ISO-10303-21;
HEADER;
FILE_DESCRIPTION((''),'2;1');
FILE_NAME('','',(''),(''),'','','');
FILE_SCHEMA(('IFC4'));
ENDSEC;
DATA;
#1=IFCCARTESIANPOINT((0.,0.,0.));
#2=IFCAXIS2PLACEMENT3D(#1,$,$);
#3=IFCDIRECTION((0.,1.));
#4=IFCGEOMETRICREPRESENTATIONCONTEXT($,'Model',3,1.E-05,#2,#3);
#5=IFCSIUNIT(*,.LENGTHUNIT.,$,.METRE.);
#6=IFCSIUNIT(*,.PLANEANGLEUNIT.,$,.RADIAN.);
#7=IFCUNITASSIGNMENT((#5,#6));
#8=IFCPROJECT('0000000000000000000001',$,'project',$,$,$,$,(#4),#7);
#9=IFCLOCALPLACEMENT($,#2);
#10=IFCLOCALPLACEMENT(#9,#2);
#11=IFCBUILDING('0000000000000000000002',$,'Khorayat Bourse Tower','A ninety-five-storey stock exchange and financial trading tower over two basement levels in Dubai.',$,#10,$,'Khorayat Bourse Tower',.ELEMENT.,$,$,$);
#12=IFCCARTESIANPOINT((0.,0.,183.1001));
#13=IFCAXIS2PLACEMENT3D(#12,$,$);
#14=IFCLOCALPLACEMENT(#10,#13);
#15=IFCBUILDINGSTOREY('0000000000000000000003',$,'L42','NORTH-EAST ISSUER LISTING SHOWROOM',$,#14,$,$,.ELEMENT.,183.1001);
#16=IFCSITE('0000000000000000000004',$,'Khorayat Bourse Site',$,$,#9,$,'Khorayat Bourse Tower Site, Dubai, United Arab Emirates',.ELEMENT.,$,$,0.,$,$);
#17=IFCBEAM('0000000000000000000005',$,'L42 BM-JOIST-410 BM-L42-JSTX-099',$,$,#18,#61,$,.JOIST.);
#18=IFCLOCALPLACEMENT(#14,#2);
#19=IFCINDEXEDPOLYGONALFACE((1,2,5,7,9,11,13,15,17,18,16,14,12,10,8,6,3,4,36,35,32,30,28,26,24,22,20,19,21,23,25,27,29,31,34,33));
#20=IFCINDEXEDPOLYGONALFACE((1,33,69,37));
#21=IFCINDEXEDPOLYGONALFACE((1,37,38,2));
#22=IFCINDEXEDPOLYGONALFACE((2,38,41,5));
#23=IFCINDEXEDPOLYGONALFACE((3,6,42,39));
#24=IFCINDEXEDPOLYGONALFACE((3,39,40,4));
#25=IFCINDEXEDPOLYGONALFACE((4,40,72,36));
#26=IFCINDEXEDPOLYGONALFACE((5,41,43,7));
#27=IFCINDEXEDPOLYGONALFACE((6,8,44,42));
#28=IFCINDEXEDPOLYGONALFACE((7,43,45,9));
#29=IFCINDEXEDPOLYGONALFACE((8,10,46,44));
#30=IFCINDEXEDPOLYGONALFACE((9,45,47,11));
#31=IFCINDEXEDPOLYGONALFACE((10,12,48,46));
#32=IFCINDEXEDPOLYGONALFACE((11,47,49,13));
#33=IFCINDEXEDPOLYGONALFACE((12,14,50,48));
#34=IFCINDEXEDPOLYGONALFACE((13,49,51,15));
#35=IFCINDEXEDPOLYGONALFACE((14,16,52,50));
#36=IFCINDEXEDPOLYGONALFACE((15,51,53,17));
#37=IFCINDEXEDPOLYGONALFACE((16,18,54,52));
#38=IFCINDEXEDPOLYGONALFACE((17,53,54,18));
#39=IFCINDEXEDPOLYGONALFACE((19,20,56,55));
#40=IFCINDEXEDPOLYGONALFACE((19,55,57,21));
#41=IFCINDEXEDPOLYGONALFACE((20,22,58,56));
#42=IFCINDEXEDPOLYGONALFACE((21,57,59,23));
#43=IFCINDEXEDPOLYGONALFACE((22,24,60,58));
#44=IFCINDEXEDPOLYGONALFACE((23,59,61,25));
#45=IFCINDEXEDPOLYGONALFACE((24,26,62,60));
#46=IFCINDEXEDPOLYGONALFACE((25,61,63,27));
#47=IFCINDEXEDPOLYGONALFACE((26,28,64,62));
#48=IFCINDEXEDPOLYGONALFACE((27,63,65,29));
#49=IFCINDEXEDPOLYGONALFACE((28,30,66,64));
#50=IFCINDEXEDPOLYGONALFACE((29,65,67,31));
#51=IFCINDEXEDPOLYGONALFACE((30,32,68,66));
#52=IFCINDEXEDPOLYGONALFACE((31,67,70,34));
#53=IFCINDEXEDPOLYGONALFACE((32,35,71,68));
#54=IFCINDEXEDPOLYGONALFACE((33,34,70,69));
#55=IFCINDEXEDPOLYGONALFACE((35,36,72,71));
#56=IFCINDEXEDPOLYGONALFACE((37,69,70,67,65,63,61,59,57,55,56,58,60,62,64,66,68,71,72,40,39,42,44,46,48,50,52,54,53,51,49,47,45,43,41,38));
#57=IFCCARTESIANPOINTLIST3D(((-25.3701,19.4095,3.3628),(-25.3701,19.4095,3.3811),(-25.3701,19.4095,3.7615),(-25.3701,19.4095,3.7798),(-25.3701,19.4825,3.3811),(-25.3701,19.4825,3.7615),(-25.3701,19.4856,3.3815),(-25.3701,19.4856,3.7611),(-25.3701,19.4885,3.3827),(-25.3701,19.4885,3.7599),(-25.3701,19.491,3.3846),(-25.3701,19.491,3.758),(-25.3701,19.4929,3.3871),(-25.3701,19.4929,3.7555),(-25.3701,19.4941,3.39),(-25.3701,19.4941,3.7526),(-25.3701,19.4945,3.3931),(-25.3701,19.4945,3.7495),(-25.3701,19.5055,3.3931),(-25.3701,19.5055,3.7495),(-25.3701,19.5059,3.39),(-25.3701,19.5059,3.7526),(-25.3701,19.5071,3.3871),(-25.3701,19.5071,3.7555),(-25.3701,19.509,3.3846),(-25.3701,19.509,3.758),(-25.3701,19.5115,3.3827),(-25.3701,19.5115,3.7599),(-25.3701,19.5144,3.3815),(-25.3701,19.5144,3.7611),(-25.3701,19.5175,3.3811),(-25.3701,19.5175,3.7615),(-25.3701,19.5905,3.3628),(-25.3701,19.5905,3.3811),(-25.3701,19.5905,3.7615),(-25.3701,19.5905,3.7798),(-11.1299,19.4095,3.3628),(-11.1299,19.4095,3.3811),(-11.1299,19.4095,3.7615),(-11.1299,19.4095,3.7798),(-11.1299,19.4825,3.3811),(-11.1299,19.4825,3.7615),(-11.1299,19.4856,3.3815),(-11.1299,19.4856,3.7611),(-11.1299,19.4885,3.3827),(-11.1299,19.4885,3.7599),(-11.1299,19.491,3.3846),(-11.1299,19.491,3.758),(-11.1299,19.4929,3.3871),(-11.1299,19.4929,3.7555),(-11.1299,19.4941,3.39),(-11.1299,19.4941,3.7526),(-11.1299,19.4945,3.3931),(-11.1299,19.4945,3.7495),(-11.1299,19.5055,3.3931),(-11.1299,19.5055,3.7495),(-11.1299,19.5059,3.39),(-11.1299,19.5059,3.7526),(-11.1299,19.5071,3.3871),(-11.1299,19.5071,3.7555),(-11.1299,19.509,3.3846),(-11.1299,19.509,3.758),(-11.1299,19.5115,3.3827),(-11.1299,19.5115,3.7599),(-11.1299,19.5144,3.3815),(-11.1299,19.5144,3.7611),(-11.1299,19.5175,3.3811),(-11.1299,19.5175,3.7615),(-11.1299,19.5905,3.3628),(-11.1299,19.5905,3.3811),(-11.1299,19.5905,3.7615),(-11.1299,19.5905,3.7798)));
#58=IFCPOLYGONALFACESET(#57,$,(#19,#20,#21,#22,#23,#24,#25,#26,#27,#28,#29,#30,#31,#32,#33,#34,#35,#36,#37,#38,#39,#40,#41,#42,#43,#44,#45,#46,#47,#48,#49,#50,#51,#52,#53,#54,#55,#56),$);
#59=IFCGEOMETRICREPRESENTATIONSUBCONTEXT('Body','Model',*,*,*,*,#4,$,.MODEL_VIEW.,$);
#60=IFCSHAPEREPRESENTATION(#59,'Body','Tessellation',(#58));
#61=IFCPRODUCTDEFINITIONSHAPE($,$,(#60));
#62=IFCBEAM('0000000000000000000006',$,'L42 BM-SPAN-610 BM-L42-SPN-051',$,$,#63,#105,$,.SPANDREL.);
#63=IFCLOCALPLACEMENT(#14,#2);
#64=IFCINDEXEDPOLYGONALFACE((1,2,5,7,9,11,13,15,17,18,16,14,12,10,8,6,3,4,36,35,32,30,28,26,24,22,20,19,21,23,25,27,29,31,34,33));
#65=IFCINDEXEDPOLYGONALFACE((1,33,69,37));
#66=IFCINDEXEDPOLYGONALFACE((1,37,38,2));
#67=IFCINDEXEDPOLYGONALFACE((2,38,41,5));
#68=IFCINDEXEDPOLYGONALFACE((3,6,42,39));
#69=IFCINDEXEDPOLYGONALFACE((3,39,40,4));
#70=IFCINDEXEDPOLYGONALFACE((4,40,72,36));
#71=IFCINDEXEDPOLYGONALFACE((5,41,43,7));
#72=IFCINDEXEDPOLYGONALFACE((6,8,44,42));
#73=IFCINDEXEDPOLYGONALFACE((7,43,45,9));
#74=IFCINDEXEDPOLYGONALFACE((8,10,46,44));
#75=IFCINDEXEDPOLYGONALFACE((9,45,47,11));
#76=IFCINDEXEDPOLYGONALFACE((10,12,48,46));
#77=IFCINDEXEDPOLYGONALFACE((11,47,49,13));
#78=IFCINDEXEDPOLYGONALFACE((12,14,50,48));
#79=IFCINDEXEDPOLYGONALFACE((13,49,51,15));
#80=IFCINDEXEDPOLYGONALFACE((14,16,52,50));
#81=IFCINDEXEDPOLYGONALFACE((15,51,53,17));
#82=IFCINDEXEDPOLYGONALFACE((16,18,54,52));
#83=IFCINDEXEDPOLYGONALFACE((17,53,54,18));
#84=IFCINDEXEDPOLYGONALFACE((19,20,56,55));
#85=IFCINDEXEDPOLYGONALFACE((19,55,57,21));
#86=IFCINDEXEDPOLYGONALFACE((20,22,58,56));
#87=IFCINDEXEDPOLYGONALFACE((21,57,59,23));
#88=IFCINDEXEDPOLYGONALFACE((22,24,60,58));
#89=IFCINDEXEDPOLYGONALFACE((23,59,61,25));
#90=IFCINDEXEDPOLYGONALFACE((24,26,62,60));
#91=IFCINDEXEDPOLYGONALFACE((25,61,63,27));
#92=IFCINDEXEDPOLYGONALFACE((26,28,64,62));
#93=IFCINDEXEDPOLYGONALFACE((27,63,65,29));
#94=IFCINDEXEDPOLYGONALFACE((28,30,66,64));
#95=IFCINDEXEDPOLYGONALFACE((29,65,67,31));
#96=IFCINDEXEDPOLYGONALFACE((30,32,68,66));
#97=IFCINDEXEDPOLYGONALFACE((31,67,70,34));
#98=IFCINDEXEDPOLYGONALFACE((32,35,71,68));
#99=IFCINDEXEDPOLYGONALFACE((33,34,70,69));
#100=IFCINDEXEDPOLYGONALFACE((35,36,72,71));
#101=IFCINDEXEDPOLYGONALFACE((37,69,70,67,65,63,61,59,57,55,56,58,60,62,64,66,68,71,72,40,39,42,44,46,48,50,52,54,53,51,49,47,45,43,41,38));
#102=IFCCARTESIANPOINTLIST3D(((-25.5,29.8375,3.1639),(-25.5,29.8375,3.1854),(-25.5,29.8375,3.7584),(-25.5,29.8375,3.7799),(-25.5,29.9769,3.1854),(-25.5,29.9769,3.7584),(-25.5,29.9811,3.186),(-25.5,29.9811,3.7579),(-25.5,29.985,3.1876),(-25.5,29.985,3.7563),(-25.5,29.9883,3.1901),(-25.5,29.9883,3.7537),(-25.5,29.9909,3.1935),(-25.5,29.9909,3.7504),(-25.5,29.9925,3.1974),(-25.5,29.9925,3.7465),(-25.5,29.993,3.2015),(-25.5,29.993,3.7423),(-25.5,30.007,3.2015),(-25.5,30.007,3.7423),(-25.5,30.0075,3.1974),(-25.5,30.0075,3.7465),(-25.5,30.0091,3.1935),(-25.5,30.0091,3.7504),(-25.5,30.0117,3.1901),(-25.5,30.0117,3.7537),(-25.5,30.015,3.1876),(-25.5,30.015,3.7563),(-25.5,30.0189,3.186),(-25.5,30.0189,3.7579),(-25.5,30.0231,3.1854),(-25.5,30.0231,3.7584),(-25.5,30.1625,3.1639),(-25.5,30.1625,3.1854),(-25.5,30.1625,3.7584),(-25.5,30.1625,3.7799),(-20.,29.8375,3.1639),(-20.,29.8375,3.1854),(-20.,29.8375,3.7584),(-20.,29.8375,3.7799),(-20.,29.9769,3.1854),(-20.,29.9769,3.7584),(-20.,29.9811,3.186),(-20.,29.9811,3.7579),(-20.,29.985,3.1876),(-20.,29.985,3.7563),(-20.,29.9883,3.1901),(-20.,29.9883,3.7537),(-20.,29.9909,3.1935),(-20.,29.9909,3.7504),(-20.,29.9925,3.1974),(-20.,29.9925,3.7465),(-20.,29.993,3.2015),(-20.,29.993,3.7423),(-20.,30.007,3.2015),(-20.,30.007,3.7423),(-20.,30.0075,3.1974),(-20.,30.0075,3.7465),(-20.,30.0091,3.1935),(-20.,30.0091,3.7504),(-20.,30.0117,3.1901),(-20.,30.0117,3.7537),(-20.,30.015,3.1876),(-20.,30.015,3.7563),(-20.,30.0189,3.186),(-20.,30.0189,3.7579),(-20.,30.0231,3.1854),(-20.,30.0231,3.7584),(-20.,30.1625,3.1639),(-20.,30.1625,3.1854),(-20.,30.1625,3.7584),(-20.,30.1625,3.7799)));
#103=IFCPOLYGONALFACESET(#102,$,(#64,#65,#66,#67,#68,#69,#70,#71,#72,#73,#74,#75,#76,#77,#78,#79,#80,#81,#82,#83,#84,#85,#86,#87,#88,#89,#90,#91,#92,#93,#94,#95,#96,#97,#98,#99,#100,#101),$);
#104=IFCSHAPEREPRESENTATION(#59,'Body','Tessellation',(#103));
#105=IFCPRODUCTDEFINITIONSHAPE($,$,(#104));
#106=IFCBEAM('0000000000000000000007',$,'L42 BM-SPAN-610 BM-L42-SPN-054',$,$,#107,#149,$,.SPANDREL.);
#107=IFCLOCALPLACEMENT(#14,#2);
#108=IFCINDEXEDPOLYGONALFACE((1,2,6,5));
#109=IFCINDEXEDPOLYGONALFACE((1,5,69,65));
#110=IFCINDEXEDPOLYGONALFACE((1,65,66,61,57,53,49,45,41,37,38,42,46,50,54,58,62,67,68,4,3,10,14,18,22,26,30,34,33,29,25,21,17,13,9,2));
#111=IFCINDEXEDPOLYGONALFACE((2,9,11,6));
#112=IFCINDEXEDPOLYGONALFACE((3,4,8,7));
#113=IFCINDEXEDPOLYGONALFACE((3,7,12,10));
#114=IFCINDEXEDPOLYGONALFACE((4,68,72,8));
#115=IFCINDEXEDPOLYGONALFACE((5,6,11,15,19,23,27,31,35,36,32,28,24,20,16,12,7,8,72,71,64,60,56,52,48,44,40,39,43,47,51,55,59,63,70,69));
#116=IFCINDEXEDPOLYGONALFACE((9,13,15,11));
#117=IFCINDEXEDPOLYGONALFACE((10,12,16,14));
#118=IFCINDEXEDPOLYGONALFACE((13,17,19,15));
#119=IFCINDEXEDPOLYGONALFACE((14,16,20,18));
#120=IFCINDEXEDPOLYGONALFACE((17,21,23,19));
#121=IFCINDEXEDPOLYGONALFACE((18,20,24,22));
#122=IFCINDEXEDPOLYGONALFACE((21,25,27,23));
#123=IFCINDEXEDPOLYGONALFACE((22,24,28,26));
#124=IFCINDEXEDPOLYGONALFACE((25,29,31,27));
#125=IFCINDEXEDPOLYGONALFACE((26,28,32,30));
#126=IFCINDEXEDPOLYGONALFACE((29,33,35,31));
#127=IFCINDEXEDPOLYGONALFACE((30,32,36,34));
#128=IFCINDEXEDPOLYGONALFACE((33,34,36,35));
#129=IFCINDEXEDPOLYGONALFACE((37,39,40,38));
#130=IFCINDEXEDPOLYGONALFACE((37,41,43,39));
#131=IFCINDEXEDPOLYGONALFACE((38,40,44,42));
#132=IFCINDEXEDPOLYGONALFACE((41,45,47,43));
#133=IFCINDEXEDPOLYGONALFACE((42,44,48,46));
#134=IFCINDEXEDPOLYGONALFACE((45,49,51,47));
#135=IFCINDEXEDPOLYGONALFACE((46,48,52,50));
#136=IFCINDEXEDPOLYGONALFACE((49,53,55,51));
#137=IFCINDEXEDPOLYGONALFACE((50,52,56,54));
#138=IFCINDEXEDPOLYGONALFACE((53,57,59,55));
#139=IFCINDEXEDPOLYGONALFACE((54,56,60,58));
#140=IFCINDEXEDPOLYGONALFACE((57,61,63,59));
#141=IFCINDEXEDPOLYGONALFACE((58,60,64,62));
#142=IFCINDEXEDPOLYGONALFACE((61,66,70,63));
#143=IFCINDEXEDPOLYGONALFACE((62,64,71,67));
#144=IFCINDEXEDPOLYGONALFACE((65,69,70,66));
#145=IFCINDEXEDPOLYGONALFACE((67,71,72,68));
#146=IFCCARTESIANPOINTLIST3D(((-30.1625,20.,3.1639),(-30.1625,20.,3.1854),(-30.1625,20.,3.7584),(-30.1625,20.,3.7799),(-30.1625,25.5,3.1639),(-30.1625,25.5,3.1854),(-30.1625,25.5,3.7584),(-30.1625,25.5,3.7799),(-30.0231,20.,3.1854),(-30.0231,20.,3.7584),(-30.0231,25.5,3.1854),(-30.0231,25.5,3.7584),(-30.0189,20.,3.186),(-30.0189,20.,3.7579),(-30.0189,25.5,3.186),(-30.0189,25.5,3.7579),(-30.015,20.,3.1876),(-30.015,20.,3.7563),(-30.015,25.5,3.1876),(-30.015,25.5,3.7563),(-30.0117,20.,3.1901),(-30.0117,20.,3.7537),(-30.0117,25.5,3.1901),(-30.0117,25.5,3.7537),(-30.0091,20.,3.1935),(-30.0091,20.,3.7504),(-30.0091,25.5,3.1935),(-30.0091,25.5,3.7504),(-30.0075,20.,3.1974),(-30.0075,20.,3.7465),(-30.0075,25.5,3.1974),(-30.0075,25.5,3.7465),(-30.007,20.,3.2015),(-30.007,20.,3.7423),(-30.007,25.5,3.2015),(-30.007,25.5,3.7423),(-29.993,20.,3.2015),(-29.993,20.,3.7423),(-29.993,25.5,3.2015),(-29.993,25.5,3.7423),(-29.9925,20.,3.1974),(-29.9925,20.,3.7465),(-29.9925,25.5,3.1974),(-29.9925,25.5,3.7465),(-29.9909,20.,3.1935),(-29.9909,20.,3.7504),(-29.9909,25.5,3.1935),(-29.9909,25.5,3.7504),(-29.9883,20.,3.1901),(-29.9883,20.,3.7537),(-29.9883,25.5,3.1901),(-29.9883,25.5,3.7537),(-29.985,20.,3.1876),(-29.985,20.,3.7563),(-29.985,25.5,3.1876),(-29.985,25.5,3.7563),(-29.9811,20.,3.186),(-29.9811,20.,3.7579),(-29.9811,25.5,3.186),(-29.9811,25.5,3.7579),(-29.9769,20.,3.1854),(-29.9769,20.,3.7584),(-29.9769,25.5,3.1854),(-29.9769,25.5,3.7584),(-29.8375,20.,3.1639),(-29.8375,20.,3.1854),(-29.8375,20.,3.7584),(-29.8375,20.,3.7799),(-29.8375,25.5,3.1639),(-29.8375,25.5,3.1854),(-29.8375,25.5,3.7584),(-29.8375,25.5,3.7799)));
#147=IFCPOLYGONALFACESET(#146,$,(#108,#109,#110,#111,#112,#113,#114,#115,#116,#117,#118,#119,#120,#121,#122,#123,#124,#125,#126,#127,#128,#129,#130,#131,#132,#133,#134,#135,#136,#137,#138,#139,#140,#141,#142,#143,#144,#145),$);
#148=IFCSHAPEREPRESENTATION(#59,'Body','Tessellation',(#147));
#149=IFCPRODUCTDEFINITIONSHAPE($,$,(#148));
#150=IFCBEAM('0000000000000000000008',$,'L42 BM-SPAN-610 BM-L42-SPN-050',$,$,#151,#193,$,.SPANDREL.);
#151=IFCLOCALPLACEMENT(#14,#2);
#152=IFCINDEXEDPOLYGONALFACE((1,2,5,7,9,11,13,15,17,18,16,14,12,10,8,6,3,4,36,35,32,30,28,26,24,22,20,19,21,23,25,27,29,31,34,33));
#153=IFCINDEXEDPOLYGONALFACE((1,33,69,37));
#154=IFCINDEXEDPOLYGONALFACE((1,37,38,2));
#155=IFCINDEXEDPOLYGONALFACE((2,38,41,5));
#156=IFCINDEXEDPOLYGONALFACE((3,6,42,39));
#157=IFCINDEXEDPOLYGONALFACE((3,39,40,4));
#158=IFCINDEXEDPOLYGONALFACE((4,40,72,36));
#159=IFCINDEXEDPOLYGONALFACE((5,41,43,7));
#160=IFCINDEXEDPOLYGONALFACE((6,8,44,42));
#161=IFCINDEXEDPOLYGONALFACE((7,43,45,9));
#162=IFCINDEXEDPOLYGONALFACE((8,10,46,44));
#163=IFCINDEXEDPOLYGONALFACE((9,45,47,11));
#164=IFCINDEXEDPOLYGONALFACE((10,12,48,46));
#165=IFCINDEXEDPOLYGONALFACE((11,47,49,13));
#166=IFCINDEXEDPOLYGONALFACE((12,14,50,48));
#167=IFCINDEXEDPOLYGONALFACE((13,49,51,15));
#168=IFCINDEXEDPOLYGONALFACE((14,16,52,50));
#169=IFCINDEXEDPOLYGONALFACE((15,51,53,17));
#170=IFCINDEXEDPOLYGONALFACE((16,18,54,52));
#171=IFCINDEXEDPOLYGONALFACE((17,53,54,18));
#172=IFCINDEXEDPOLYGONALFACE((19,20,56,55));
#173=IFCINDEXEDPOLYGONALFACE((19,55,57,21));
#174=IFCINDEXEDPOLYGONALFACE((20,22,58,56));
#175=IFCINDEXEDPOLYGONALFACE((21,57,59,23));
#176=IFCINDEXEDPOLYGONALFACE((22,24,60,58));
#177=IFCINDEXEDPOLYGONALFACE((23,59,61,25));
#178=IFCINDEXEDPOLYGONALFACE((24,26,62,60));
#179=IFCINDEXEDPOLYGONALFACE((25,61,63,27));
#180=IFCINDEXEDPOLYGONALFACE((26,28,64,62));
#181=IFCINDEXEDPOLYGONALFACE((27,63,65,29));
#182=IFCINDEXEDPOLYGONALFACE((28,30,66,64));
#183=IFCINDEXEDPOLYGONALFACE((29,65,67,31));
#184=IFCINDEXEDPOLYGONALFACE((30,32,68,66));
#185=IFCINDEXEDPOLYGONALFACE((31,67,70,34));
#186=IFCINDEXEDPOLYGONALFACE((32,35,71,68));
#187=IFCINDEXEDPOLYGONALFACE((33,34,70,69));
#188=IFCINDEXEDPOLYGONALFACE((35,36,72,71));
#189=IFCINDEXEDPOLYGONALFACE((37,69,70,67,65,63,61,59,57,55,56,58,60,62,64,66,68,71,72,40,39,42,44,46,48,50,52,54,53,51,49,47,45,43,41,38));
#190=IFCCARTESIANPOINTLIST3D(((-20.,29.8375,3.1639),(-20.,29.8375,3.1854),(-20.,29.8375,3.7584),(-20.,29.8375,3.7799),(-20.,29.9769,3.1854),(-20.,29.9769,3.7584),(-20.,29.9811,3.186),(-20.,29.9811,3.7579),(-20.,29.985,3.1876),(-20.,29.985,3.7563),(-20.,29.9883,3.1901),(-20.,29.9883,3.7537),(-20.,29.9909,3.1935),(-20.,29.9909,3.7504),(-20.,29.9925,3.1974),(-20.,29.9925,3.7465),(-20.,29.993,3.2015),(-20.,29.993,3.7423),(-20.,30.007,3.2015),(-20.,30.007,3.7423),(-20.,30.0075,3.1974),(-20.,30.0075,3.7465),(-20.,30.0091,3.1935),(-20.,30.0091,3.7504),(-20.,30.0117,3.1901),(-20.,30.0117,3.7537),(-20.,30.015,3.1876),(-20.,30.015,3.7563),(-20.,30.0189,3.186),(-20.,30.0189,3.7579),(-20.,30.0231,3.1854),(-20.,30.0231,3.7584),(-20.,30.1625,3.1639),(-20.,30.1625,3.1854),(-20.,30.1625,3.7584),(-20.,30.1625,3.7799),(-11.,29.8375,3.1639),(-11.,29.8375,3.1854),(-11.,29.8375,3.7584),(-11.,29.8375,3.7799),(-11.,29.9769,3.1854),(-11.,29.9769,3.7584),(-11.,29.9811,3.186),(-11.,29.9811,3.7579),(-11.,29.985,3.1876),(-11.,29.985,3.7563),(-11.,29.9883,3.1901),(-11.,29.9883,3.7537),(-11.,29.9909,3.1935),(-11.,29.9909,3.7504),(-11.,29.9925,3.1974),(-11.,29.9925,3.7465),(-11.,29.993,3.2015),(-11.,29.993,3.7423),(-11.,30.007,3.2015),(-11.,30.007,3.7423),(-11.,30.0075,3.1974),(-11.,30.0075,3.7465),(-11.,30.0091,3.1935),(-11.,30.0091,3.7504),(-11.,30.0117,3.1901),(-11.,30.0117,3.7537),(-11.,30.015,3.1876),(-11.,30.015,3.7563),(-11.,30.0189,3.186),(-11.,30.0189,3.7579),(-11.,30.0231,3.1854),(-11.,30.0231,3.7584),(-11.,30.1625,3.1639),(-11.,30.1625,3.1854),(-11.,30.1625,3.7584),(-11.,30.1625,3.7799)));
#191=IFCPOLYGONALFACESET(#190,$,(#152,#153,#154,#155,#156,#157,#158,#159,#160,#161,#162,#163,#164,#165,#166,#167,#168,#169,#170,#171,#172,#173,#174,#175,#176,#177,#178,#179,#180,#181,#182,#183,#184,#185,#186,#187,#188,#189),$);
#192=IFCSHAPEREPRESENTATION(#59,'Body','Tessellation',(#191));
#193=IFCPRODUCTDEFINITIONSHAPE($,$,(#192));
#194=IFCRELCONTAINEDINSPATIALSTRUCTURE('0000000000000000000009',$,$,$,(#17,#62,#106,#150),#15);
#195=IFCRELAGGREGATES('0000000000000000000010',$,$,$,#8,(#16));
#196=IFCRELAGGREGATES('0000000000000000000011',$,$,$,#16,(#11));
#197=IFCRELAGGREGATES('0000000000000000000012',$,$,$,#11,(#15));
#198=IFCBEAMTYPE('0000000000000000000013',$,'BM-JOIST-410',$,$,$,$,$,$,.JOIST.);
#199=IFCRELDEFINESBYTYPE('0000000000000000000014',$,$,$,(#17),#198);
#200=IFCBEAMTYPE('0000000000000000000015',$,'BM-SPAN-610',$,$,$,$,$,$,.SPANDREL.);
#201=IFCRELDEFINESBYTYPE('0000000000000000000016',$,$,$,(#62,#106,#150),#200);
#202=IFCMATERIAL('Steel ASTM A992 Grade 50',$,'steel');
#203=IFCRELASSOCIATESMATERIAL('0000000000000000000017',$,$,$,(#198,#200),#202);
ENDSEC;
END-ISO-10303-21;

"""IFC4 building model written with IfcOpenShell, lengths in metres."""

from ifc_helpers import new_model, si_unit, direction, frame, origin, origin_2d, place, context, subcontext, project, spatial, i_section, extrude, source, transform, mapped, material, material_profile, profile_set, type_object, element, save


model = new_model("IFC4")

# Units and contexts
model_context = context("Model", 3, precision=1e-05, world=origin(), true_north=direction((0.0, 1.0)))
body_context = subcontext(model_context, "Body", "Model", "MODEL_VIEW")
ifc_project = project(units=[si_unit("LENGTHUNIT", "METRE"), si_unit("PLANEANGLEUNIT", "RADIAN")], contexts=[model_context])

# Site, building, storey
site_placement = place(None, origin())
site = spatial("IfcSite", under=ifc_project, at=site_placement, Name="Khorayat Bourse Site", LongName="Khorayat Bourse Tower Site, Dubai, United Arab Emirates", CompositionType="ELEMENT", RefElevation=0.0)
building_placement = place(site_placement, origin())
building = spatial("IfcBuilding", under=site, at=building_placement, Name="Khorayat Bourse Tower", Description="A ninety-five-storey stock exchange and financial trading tower over two basement levels in Dubai.", LongName="Khorayat Bourse Tower", CompositionType="ELEMENT")
storey_placement = place(building_placement, frame((0.0, 0.0, 183.1001)))
storey = spatial("IfcBuildingStorey", under=building, at=storey_placement, Name="L42", Description="NORTH-EAST ISSUER LISTING SHOWROOM", CompositionType="ELEMENT", Elevation=183.1001)

# Beams
ifc_material_1 = material(Name="Steel ASTM A992 Grade 50", Category="steel")
ifc_material_profile_1 = material_profile(ifc_material_1, i_section(OverallWidth=0.1809, OverallDepth=0.417, WebThickness=0.011, FlangeThickness=0.0183, FilletRadius=0.012, at=origin_2d()), Name="W410X85")
ifc_profile_set_1 = profile_set([ifc_material_profile_1], Name="Steel ASTM A992 Grade 50")
beam_type_1 = type_object("IfcBeamType", Name="BM-JOIST-410", PredefinedType="JOIST", material=ifc_profile_set_1)
shared_shape_1 = source(origin(), body_context, "Body", "SweptSolid", [
    extrude(i_section(OverallWidth=0.1809, OverallDepth=0.417, WebThickness=0.011, FlangeThickness=0.0183, FilletRadius=0.012, at=origin_2d()), origin(), (0.0, 0.0, 1.0), 14.2402),
])
beam_1_placement = place(storey_placement, frame((-25.3701, 19.5, 3.5713), z_axis=(1.0, 0.0, 0.0), x_axis=(0.0, 1.0, 0.0)))
element("IfcBeam", 1, at=beam_1_placement, inside=storey, type_object=beam_type_1, Name="L42 BM-JOIST-410 BM-L42-JSTX-099", PredefinedType="JOIST", context=body_context, shape_type="MappedRepresentation", body=[
    mapped(shared_shape_1, transform((0.0, 0.0, 0.0), scale=1.0)),
])
ifc_material_profile_2 = material_profile(ifc_material_1, i_section(OverallWidth=0.325, OverallDepth=0.616, WebThickness=0.0139, FlangeThickness=0.0215, FilletRadius=0.0161, at=origin_2d()), Name="W610X174")
ifc_profile_set_2 = profile_set([ifc_material_profile_2], Name="Steel ASTM A992 Grade 50")
beam_type_2 = type_object("IfcBeamType", Name="BM-SPAN-610", PredefinedType="SPANDREL", material=ifc_profile_set_2)
shared_shape_2 = source(origin(), body_context, "Body", "SweptSolid", [
    extrude(i_section(OverallWidth=0.325, OverallDepth=0.616, WebThickness=0.0139, FlangeThickness=0.0215, FilletRadius=0.0161, at=origin_2d()), origin(), (0.0, 0.0, 1.0), 5.5),
])
for number, where, z_axis, x_axis, name in (
    (2, (-25.5, 30.0, 3.4719), (1.0, 0.0, 0.0), (0.0, 1.0, 0.0), "L42 BM-SPAN-610 BM-L42-SPN-051"),
    (3, (-30.0, 20.0, 3.4719), (0.0, 1.0, 0.0), (-1.0, 0.0, 0.0), "L42 BM-SPAN-610 BM-L42-SPN-054"),
):
    element("IfcBeam", number, at=place(storey_placement, frame(where, z_axis=z_axis, x_axis=x_axis)), inside=storey, type_object=beam_type_2, Name=name, PredefinedType="SPANDREL", context=body_context, shape_type="MappedRepresentation", body=[
        mapped(shared_shape_2, transform((0.0, 0.0, 0.0), scale=1.0)),
    ])
shared_shape_3 = source(origin(), body_context, "Body", "SweptSolid", [
    extrude(i_section(OverallWidth=0.325, OverallDepth=0.616, WebThickness=0.0139, FlangeThickness=0.0215, FilletRadius=0.0161, at=origin_2d()), origin(), (0.0, 0.0, 1.0), 9.0),
])
beam_2_placement = place(storey_placement, frame((-20.0, 30.0, 3.4719), z_axis=(1.0, 0.0, 0.0), x_axis=(0.0, 1.0, 0.0)))
element("IfcBeam", 4, at=beam_2_placement, inside=storey, type_object=beam_type_2, Name="L42 BM-SPAN-610 BM-L42-SPN-050", PredefinedType="SPANDREL", context=body_context, shape_type="MappedRepresentation", body=[
    mapped(shared_shape_3, transform((0.0, 0.0, 0.0), scale=1.0)),
])

save(model, "model.ifc")
